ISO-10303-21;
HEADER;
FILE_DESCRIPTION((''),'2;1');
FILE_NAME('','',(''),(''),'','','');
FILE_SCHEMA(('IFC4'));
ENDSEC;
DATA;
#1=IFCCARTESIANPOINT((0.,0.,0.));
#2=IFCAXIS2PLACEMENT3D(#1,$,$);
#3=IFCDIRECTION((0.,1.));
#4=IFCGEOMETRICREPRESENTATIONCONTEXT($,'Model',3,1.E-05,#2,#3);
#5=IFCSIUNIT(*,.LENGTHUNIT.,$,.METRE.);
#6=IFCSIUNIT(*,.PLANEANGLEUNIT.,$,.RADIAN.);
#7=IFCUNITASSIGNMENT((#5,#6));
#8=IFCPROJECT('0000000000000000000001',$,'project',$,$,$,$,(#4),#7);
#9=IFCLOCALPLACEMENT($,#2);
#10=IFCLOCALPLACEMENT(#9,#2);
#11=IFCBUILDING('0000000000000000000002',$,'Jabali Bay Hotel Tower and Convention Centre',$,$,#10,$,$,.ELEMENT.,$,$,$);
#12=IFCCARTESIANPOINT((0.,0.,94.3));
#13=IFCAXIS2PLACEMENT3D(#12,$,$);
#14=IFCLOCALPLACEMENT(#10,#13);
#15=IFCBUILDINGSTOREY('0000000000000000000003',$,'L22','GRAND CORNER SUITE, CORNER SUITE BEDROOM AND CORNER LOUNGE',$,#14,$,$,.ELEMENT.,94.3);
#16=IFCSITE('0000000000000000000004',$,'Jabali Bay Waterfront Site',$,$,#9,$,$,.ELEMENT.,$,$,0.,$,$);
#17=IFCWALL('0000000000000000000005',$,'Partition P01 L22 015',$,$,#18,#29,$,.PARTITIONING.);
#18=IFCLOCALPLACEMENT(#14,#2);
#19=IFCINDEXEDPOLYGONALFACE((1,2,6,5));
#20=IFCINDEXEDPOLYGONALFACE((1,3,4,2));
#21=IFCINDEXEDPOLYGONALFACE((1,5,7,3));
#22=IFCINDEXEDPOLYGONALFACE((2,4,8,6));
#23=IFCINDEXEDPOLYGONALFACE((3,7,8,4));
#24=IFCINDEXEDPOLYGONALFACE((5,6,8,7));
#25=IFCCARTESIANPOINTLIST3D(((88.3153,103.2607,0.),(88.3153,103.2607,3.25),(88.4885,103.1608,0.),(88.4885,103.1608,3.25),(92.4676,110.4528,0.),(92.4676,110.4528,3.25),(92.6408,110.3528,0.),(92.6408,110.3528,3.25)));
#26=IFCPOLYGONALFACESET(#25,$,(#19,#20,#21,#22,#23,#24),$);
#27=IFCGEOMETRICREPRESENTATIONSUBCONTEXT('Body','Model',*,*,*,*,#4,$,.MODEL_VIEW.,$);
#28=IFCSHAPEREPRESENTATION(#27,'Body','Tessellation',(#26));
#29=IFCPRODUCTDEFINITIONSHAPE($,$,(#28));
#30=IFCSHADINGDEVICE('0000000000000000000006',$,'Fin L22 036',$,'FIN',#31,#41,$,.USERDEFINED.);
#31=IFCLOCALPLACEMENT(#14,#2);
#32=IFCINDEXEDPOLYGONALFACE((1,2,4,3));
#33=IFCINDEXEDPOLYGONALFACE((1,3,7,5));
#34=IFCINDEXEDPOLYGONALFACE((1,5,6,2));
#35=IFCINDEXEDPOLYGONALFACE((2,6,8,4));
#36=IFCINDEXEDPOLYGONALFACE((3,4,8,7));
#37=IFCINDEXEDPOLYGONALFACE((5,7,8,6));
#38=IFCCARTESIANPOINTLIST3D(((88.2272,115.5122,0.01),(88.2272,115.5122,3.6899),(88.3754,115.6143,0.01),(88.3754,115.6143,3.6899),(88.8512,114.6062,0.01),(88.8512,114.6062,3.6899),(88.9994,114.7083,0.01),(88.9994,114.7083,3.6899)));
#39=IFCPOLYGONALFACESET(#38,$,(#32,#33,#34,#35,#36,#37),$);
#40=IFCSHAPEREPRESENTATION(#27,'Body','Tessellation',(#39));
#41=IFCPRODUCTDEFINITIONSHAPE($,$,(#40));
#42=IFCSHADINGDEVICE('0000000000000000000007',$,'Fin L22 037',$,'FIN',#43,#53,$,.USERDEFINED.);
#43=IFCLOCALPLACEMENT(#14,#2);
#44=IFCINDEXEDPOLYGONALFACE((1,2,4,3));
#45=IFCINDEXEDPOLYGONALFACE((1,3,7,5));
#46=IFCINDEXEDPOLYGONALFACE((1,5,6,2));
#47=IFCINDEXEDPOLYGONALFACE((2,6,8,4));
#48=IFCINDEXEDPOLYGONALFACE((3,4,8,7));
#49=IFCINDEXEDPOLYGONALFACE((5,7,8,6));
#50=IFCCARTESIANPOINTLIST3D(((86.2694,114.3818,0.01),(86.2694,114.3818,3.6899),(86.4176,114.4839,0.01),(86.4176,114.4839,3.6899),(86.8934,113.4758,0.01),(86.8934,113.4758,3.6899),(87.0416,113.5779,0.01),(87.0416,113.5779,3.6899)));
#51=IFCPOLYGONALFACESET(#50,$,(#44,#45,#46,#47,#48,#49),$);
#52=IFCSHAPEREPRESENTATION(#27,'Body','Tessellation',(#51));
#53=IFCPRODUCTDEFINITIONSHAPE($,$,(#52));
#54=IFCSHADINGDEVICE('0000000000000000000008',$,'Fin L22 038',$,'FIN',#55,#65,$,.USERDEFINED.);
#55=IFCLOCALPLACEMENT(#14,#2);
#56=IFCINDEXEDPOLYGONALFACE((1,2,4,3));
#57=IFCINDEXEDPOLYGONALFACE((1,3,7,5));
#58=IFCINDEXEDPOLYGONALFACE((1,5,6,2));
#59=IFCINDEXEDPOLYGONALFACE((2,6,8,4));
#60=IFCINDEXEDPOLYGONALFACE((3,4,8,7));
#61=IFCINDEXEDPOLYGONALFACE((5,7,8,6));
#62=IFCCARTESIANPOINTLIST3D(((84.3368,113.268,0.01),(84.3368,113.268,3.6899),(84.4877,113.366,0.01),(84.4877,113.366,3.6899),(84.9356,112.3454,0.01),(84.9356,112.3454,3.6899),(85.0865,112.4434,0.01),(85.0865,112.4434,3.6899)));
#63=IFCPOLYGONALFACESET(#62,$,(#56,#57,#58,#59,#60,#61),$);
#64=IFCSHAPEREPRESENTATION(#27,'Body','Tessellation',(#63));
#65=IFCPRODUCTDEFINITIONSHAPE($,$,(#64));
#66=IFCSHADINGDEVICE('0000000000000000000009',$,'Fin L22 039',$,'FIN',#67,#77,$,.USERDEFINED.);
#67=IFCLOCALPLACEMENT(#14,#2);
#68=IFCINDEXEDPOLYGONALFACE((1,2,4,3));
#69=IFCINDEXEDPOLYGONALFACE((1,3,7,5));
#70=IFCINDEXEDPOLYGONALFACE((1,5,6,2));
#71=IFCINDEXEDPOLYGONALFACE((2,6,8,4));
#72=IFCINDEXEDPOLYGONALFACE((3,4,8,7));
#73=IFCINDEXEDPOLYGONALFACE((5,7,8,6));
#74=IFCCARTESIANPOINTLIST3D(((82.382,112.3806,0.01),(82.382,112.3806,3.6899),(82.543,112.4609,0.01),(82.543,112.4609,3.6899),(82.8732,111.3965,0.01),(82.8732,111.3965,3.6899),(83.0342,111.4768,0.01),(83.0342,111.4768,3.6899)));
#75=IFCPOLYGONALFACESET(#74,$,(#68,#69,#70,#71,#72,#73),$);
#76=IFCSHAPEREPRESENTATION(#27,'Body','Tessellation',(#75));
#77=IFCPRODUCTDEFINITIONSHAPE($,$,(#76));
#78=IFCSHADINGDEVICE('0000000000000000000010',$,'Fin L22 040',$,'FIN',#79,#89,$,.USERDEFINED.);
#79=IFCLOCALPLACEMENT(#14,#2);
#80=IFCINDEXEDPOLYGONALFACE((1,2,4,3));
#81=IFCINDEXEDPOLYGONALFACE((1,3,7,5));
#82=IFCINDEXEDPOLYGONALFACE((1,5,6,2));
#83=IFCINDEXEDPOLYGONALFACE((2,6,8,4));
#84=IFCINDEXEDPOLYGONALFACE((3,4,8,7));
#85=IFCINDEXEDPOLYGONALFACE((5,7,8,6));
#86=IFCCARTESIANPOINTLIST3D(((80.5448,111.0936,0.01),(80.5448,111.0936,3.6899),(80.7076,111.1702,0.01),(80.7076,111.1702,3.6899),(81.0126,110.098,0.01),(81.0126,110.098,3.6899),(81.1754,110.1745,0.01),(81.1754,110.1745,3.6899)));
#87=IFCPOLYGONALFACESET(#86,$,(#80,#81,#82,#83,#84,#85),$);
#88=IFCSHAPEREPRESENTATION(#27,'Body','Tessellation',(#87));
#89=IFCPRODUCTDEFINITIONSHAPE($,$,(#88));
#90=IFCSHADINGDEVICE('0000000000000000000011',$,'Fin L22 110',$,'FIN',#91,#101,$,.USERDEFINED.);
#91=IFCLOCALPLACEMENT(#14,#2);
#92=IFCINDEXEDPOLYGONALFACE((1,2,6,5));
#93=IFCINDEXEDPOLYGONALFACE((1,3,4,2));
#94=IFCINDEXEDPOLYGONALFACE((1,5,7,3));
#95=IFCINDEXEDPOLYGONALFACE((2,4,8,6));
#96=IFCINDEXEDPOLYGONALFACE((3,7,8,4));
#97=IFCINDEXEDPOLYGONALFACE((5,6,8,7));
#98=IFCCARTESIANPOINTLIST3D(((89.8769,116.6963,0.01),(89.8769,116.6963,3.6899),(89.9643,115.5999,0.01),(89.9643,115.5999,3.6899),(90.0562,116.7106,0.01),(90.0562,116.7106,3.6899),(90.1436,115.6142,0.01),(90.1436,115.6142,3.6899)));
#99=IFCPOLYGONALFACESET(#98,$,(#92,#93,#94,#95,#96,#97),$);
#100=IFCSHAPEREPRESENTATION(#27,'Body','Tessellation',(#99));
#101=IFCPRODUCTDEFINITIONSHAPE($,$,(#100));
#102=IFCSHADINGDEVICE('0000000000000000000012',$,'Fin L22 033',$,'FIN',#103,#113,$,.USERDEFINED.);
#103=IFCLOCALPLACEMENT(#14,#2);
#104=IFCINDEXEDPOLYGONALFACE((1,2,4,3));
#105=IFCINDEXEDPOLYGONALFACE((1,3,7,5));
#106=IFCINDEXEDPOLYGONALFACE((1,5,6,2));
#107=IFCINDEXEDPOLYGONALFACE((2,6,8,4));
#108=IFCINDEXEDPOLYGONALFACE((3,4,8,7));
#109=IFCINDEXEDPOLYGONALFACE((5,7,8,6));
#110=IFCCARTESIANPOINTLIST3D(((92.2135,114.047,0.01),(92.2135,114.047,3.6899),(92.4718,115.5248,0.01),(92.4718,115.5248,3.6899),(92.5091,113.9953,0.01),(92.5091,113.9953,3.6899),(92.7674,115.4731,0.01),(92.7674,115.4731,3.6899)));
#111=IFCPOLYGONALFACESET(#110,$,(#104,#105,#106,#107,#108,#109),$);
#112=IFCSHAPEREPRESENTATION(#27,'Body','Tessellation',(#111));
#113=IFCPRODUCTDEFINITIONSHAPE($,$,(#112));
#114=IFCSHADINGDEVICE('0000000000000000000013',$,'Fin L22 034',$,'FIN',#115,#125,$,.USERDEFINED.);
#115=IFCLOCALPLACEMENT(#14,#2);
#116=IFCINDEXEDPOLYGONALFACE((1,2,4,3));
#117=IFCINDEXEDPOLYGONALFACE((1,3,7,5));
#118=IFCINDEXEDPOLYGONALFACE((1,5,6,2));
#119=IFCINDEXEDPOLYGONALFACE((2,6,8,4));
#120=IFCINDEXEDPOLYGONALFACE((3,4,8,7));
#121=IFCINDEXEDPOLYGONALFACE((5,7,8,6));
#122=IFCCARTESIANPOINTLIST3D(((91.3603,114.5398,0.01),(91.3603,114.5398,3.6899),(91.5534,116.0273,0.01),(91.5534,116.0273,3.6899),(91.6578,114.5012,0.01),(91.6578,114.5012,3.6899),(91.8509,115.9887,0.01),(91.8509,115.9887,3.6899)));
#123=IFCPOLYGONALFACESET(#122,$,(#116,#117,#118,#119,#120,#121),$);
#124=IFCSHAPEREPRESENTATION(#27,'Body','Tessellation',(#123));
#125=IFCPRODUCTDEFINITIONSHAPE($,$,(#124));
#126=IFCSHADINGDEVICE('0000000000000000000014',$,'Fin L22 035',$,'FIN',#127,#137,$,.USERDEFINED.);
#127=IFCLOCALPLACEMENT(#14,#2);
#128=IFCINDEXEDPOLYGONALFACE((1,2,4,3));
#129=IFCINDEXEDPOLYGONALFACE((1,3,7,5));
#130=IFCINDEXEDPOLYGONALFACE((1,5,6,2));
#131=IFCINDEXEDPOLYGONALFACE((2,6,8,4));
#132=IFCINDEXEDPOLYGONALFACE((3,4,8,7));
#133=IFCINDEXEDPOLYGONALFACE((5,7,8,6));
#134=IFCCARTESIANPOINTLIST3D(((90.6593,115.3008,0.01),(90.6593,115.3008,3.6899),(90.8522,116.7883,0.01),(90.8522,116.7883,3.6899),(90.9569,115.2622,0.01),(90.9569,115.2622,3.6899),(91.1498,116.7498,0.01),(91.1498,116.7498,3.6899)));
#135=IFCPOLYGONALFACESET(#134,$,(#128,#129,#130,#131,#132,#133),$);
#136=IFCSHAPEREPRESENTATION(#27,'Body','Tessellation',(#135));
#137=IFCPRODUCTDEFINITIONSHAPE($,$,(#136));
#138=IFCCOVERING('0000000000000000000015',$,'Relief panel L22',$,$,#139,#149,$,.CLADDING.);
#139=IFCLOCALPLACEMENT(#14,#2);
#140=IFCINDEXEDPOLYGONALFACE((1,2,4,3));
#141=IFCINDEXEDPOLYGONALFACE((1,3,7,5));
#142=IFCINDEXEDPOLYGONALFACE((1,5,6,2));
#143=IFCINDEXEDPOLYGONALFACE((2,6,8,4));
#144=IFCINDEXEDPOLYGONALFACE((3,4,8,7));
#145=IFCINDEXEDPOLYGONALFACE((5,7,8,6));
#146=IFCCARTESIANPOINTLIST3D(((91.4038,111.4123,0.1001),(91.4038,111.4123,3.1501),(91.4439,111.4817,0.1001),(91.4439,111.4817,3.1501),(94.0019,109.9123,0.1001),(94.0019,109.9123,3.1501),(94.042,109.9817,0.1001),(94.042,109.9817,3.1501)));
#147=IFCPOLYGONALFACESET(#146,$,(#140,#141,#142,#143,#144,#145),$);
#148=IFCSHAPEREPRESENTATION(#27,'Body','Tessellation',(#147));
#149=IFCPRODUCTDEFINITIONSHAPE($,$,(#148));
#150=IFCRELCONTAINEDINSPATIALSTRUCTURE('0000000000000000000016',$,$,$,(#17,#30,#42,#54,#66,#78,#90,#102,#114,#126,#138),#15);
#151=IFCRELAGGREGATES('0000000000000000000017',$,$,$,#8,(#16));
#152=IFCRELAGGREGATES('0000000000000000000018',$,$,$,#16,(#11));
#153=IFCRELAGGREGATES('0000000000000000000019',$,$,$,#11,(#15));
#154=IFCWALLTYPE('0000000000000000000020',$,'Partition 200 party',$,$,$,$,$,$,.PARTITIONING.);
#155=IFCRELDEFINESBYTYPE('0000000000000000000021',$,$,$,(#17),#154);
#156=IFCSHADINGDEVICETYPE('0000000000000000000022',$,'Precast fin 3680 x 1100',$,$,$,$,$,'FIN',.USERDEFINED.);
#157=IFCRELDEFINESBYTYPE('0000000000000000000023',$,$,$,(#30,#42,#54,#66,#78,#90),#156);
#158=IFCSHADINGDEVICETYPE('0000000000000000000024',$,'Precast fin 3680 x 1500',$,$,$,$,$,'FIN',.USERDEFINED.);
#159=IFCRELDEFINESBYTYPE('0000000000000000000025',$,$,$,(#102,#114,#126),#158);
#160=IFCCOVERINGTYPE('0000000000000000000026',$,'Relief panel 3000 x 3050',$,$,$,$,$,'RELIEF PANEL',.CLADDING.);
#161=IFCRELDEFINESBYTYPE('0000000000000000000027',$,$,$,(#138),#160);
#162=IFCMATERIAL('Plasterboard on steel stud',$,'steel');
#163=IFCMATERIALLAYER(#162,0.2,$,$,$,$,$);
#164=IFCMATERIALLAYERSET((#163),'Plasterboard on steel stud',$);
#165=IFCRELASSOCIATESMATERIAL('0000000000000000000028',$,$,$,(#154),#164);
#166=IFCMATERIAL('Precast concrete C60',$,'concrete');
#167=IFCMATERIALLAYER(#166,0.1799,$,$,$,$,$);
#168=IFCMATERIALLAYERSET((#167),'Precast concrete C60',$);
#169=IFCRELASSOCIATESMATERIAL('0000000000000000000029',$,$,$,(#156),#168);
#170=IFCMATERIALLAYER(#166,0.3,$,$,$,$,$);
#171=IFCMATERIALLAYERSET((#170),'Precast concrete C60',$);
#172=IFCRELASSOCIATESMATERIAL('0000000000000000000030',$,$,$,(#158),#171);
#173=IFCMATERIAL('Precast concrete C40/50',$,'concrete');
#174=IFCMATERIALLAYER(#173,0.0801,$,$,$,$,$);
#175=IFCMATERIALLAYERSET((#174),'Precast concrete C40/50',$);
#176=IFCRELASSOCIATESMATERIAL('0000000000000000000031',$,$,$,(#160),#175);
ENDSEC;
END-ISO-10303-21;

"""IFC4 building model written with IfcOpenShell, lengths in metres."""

from ifc_helpers import new_model, si_unit, direction, frame, frame_2d, origin, origin_2d, place, context, subcontext, project, spatial, rectangle, extrude, material, layer, layer_set, type_object, element, save


model = new_model("IFC4")

# Units and contexts
model_context = context("Model", 3, precision=1e-05, world=origin(), true_north=direction((0.0, 1.0)))
body_context = subcontext(model_context, "Body", "Model", "MODEL_VIEW")
ifc_project = project(units=[si_unit("LENGTHUNIT", "METRE"), si_unit("PLANEANGLEUNIT", "RADIAN")], contexts=[model_context])

# Site, building, storey
site_placement = place(None, origin())
site = spatial("IfcSite", under=ifc_project, at=site_placement, Name="Jabali Bay Waterfront Site", CompositionType="ELEMENT", RefElevation=0.0)
building_placement = place(site_placement, origin())
building = spatial("IfcBuilding", under=site, at=building_placement, Name="Jabali Bay Hotel Tower and Convention Centre", CompositionType="ELEMENT")
storey_placement = place(building_placement, frame((0.0, 0.0, 94.3)))
storey = spatial("IfcBuildingStorey", under=building, at=storey_placement, Name="L22", Description="GRAND CORNER SUITE, CORNER SUITE BEDROOM AND CORNER LOUNGE", CompositionType="ELEMENT", Elevation=94.3)

# Shared definitions
ifc_material_1 = material(Name="Plasterboard on steel stud", Category="steel")

# Wall
ifc_layer_1 = layer(ifc_material_1, 0.2)
ifc_layer_set_1 = layer_set([ifc_layer_1], Name="Plasterboard on steel stud")
wall_type_1 = type_object("IfcWallType", Name="Partition 200 party", PredefinedType="PARTITIONING", material=ifc_layer_set_1)
wall_1_placement = place(storey_placement, frame((92.5542, 110.4028, 0.0), z_axis=(0.0, 0.0, 1.0), x_axis=(-0.499996, -0.866027, 0.0)))
element("IfcWall", 1, at=wall_1_placement, inside=storey, type_object=wall_type_1, Name="Partition P01 L22 015", PredefinedType="PARTITIONING", context=body_context, shape_type="SweptSolid", body=[
    extrude(rectangle(XDim=8.3047, YDim=0.2, at=frame_2d((4.1523, 0.0))), origin(), (0.0, 0.0, 1.0), 3.25),
])

# Shading devices
ifc_material_2 = material(Name="Precast concrete C60", Category="concrete")
ifc_layer_2 = layer(ifc_material_2, 0.1799)
ifc_layer_set_2 = layer_set([ifc_layer_2], Name="Precast concrete C60")
shading_device_type_1 = type_object("IfcShadingDeviceType", Name="Precast fin 3680 x 1100", ElementType="FIN", PredefinedType="USERDEFINED", material=ifc_layer_set_2)
for number, where, z_axis, x_axis, name in (
    (2, (88.9253, 114.6572, 0.01), (0.0, 0.0, 1.0), (-0.567235, 0.823556, 0.0), "Fin L22 036"),
    (3, (86.9675, 113.5269, 0.01), (0.0, 0.0, 1.0), (-0.567235, 0.823556, 0.0), "Fin L22 037"),
):
    element("IfcShadingDevice", number, at=place(storey_placement, frame(where, z_axis=z_axis, x_axis=x_axis)), inside=storey, type_object=shading_device_type_1, Name=name, ObjectType="FIN", PredefinedType="USERDEFINED", context=body_context, shape_type="SweptSolid", body=[
        extrude(rectangle(XDim=1.1001, YDim=0.1799, at=frame_2d((0.55, 0.0))), origin(), (0.0, 0.0, 1.0), 3.6799),
    ])
for number, where, z_axis, x_axis, name in (
    (4, (85.011, 112.3945, 0.01), (0.0, 0.0, 1.0), (-0.544466, 0.838783, 0.0), "Fin L22 038"),
    (5, (82.9536, 111.4368, 0.01), (0.0, 0.0, 1.0), (-0.446592, 0.894738, 0.0), "Fin L22 039"),
):
    element("IfcShadingDevice", number, at=place(storey_placement, frame(where, z_axis=z_axis, x_axis=x_axis)), inside=storey, type_object=shading_device_type_1, Name=name, ObjectType="FIN", PredefinedType="USERDEFINED", context=body_context, shape_type="SweptSolid", body=[
        extrude(rectangle(XDim=1.0999, YDim=0.1799, at=frame_2d((0.5498, 0.0))), origin(), (0.0, 0.0, 1.0), 3.6799),
    ])
shading_device_1_placement = place(storey_placement, frame((81.094, 110.1362, 0.01), z_axis=(0.0, 0.0, 1.0), x_axis=(-0.425241, 0.90508, 0.0)))
element("IfcShadingDevice", 6, at=shading_device_1_placement, inside=storey, type_object=shading_device_type_1, Name="Fin L22 040", ObjectType="FIN", PredefinedType="USERDEFINED", context=body_context, shape_type="SweptSolid", body=[
    extrude(rectangle(XDim=1.1001, YDim=0.1799, at=frame_2d((0.55, 0.0))), origin(), (0.0, 0.0, 1.0), 3.6799),
])
shading_device_2_placement = place(storey_placement, frame((90.054, 115.6072, 0.01), z_axis=(0.0, 0.0, 1.0), x_axis=(-0.079463, 0.996838, 0.0)))
element("IfcShadingDevice", 7, at=shading_device_2_placement, inside=storey, type_object=shading_device_type_1, Name="Fin L22 110", ObjectType="FIN", PredefinedType="USERDEFINED", context=body_context, shape_type="SweptSolid", body=[
    extrude(rectangle(XDim=1.0999, YDim=0.1799, at=frame_2d((0.5498, 0.0))), origin(), (0.0, 0.0, 1.0), 3.6799),
])
ifc_layer_3 = layer(ifc_material_2, 0.3)
ifc_layer_set_3 = layer_set([ifc_layer_3], Name="Precast concrete C60")
shading_device_type_2 = type_object("IfcShadingDeviceType", Name="Precast fin 3680 x 1500", ElementType="FIN", PredefinedType="USERDEFINED", material=ifc_layer_set_3)
shading_device_3_placement = place(storey_placement, frame((92.3613, 114.0212, 0.01), z_axis=(0.0, 0.0, 1.0), x_axis=(0.172179, 0.985066, 0.0)))
element("IfcShadingDevice", 8, at=shading_device_3_placement, inside=storey, type_object=shading_device_type_2, Name="Fin L22 033", ObjectType="FIN", PredefinedType="USERDEFINED", context=body_context, shape_type="SweptSolid", body=[
    extrude(rectangle(XDim=1.5002, YDim=0.3, at=frame_2d((0.75, 0.0))), origin(), (0.0, 0.0, 1.0), 3.6799),
])
for number, where, z_axis, x_axis, name in (
    (9, (91.509, 114.5205, 0.01), (0.0, 0.0, 1.0), (0.128741, 0.991678, 0.0), "Fin L22 034"),
    (10, (90.8081, 115.2815, 0.01), (0.0, 0.0, 1.0), (0.128581, 0.991699, 0.0), "Fin L22 035"),
):
    element("IfcShadingDevice", number, at=place(storey_placement, frame(where, z_axis=z_axis, x_axis=x_axis)), inside=storey, type_object=shading_device_type_2, Name=name, ObjectType="FIN", PredefinedType="USERDEFINED", context=body_context, shape_type="SweptSolid", body=[
        extrude(rectangle(XDim=1.5, YDim=0.3, at=frame_2d((0.75, 0.0))), origin(), (0.0, 0.0, 1.0), 3.6799),
    ])

# Covering
ifc_material_3 = material(Name="Precast concrete C40/50", Category="concrete")
ifc_layer_4 = layer(ifc_material_3, 0.0801)
ifc_layer_set_4 = layer_set([ifc_layer_4], Name="Precast concrete C40/50")
covering_type = type_object("IfcCoveringType", Name="Relief panel 3000 x 3050", ElementType="RELIEF PANEL", PredefinedType="CLADDING", material=ifc_layer_set_4)
covering_placement = place(storey_placement, frame((92.7229, 110.697, 0.1001), z_axis=(0.0, 0.0, 1.0), x_axis=(0.866025, -0.5, 0.0)))
element("IfcCovering", 11, at=covering_placement, inside=storey, type_object=covering_type, Name="Relief panel L22", PredefinedType="CLADDING", context=body_context, shape_type="SweptSolid", body=[
    extrude(rectangle(XDim=3.0, YDim=0.0801, at=origin_2d()), origin(), (0.0, 0.0, 1.0), 3.05),
])

save(model, "model.ifc")
